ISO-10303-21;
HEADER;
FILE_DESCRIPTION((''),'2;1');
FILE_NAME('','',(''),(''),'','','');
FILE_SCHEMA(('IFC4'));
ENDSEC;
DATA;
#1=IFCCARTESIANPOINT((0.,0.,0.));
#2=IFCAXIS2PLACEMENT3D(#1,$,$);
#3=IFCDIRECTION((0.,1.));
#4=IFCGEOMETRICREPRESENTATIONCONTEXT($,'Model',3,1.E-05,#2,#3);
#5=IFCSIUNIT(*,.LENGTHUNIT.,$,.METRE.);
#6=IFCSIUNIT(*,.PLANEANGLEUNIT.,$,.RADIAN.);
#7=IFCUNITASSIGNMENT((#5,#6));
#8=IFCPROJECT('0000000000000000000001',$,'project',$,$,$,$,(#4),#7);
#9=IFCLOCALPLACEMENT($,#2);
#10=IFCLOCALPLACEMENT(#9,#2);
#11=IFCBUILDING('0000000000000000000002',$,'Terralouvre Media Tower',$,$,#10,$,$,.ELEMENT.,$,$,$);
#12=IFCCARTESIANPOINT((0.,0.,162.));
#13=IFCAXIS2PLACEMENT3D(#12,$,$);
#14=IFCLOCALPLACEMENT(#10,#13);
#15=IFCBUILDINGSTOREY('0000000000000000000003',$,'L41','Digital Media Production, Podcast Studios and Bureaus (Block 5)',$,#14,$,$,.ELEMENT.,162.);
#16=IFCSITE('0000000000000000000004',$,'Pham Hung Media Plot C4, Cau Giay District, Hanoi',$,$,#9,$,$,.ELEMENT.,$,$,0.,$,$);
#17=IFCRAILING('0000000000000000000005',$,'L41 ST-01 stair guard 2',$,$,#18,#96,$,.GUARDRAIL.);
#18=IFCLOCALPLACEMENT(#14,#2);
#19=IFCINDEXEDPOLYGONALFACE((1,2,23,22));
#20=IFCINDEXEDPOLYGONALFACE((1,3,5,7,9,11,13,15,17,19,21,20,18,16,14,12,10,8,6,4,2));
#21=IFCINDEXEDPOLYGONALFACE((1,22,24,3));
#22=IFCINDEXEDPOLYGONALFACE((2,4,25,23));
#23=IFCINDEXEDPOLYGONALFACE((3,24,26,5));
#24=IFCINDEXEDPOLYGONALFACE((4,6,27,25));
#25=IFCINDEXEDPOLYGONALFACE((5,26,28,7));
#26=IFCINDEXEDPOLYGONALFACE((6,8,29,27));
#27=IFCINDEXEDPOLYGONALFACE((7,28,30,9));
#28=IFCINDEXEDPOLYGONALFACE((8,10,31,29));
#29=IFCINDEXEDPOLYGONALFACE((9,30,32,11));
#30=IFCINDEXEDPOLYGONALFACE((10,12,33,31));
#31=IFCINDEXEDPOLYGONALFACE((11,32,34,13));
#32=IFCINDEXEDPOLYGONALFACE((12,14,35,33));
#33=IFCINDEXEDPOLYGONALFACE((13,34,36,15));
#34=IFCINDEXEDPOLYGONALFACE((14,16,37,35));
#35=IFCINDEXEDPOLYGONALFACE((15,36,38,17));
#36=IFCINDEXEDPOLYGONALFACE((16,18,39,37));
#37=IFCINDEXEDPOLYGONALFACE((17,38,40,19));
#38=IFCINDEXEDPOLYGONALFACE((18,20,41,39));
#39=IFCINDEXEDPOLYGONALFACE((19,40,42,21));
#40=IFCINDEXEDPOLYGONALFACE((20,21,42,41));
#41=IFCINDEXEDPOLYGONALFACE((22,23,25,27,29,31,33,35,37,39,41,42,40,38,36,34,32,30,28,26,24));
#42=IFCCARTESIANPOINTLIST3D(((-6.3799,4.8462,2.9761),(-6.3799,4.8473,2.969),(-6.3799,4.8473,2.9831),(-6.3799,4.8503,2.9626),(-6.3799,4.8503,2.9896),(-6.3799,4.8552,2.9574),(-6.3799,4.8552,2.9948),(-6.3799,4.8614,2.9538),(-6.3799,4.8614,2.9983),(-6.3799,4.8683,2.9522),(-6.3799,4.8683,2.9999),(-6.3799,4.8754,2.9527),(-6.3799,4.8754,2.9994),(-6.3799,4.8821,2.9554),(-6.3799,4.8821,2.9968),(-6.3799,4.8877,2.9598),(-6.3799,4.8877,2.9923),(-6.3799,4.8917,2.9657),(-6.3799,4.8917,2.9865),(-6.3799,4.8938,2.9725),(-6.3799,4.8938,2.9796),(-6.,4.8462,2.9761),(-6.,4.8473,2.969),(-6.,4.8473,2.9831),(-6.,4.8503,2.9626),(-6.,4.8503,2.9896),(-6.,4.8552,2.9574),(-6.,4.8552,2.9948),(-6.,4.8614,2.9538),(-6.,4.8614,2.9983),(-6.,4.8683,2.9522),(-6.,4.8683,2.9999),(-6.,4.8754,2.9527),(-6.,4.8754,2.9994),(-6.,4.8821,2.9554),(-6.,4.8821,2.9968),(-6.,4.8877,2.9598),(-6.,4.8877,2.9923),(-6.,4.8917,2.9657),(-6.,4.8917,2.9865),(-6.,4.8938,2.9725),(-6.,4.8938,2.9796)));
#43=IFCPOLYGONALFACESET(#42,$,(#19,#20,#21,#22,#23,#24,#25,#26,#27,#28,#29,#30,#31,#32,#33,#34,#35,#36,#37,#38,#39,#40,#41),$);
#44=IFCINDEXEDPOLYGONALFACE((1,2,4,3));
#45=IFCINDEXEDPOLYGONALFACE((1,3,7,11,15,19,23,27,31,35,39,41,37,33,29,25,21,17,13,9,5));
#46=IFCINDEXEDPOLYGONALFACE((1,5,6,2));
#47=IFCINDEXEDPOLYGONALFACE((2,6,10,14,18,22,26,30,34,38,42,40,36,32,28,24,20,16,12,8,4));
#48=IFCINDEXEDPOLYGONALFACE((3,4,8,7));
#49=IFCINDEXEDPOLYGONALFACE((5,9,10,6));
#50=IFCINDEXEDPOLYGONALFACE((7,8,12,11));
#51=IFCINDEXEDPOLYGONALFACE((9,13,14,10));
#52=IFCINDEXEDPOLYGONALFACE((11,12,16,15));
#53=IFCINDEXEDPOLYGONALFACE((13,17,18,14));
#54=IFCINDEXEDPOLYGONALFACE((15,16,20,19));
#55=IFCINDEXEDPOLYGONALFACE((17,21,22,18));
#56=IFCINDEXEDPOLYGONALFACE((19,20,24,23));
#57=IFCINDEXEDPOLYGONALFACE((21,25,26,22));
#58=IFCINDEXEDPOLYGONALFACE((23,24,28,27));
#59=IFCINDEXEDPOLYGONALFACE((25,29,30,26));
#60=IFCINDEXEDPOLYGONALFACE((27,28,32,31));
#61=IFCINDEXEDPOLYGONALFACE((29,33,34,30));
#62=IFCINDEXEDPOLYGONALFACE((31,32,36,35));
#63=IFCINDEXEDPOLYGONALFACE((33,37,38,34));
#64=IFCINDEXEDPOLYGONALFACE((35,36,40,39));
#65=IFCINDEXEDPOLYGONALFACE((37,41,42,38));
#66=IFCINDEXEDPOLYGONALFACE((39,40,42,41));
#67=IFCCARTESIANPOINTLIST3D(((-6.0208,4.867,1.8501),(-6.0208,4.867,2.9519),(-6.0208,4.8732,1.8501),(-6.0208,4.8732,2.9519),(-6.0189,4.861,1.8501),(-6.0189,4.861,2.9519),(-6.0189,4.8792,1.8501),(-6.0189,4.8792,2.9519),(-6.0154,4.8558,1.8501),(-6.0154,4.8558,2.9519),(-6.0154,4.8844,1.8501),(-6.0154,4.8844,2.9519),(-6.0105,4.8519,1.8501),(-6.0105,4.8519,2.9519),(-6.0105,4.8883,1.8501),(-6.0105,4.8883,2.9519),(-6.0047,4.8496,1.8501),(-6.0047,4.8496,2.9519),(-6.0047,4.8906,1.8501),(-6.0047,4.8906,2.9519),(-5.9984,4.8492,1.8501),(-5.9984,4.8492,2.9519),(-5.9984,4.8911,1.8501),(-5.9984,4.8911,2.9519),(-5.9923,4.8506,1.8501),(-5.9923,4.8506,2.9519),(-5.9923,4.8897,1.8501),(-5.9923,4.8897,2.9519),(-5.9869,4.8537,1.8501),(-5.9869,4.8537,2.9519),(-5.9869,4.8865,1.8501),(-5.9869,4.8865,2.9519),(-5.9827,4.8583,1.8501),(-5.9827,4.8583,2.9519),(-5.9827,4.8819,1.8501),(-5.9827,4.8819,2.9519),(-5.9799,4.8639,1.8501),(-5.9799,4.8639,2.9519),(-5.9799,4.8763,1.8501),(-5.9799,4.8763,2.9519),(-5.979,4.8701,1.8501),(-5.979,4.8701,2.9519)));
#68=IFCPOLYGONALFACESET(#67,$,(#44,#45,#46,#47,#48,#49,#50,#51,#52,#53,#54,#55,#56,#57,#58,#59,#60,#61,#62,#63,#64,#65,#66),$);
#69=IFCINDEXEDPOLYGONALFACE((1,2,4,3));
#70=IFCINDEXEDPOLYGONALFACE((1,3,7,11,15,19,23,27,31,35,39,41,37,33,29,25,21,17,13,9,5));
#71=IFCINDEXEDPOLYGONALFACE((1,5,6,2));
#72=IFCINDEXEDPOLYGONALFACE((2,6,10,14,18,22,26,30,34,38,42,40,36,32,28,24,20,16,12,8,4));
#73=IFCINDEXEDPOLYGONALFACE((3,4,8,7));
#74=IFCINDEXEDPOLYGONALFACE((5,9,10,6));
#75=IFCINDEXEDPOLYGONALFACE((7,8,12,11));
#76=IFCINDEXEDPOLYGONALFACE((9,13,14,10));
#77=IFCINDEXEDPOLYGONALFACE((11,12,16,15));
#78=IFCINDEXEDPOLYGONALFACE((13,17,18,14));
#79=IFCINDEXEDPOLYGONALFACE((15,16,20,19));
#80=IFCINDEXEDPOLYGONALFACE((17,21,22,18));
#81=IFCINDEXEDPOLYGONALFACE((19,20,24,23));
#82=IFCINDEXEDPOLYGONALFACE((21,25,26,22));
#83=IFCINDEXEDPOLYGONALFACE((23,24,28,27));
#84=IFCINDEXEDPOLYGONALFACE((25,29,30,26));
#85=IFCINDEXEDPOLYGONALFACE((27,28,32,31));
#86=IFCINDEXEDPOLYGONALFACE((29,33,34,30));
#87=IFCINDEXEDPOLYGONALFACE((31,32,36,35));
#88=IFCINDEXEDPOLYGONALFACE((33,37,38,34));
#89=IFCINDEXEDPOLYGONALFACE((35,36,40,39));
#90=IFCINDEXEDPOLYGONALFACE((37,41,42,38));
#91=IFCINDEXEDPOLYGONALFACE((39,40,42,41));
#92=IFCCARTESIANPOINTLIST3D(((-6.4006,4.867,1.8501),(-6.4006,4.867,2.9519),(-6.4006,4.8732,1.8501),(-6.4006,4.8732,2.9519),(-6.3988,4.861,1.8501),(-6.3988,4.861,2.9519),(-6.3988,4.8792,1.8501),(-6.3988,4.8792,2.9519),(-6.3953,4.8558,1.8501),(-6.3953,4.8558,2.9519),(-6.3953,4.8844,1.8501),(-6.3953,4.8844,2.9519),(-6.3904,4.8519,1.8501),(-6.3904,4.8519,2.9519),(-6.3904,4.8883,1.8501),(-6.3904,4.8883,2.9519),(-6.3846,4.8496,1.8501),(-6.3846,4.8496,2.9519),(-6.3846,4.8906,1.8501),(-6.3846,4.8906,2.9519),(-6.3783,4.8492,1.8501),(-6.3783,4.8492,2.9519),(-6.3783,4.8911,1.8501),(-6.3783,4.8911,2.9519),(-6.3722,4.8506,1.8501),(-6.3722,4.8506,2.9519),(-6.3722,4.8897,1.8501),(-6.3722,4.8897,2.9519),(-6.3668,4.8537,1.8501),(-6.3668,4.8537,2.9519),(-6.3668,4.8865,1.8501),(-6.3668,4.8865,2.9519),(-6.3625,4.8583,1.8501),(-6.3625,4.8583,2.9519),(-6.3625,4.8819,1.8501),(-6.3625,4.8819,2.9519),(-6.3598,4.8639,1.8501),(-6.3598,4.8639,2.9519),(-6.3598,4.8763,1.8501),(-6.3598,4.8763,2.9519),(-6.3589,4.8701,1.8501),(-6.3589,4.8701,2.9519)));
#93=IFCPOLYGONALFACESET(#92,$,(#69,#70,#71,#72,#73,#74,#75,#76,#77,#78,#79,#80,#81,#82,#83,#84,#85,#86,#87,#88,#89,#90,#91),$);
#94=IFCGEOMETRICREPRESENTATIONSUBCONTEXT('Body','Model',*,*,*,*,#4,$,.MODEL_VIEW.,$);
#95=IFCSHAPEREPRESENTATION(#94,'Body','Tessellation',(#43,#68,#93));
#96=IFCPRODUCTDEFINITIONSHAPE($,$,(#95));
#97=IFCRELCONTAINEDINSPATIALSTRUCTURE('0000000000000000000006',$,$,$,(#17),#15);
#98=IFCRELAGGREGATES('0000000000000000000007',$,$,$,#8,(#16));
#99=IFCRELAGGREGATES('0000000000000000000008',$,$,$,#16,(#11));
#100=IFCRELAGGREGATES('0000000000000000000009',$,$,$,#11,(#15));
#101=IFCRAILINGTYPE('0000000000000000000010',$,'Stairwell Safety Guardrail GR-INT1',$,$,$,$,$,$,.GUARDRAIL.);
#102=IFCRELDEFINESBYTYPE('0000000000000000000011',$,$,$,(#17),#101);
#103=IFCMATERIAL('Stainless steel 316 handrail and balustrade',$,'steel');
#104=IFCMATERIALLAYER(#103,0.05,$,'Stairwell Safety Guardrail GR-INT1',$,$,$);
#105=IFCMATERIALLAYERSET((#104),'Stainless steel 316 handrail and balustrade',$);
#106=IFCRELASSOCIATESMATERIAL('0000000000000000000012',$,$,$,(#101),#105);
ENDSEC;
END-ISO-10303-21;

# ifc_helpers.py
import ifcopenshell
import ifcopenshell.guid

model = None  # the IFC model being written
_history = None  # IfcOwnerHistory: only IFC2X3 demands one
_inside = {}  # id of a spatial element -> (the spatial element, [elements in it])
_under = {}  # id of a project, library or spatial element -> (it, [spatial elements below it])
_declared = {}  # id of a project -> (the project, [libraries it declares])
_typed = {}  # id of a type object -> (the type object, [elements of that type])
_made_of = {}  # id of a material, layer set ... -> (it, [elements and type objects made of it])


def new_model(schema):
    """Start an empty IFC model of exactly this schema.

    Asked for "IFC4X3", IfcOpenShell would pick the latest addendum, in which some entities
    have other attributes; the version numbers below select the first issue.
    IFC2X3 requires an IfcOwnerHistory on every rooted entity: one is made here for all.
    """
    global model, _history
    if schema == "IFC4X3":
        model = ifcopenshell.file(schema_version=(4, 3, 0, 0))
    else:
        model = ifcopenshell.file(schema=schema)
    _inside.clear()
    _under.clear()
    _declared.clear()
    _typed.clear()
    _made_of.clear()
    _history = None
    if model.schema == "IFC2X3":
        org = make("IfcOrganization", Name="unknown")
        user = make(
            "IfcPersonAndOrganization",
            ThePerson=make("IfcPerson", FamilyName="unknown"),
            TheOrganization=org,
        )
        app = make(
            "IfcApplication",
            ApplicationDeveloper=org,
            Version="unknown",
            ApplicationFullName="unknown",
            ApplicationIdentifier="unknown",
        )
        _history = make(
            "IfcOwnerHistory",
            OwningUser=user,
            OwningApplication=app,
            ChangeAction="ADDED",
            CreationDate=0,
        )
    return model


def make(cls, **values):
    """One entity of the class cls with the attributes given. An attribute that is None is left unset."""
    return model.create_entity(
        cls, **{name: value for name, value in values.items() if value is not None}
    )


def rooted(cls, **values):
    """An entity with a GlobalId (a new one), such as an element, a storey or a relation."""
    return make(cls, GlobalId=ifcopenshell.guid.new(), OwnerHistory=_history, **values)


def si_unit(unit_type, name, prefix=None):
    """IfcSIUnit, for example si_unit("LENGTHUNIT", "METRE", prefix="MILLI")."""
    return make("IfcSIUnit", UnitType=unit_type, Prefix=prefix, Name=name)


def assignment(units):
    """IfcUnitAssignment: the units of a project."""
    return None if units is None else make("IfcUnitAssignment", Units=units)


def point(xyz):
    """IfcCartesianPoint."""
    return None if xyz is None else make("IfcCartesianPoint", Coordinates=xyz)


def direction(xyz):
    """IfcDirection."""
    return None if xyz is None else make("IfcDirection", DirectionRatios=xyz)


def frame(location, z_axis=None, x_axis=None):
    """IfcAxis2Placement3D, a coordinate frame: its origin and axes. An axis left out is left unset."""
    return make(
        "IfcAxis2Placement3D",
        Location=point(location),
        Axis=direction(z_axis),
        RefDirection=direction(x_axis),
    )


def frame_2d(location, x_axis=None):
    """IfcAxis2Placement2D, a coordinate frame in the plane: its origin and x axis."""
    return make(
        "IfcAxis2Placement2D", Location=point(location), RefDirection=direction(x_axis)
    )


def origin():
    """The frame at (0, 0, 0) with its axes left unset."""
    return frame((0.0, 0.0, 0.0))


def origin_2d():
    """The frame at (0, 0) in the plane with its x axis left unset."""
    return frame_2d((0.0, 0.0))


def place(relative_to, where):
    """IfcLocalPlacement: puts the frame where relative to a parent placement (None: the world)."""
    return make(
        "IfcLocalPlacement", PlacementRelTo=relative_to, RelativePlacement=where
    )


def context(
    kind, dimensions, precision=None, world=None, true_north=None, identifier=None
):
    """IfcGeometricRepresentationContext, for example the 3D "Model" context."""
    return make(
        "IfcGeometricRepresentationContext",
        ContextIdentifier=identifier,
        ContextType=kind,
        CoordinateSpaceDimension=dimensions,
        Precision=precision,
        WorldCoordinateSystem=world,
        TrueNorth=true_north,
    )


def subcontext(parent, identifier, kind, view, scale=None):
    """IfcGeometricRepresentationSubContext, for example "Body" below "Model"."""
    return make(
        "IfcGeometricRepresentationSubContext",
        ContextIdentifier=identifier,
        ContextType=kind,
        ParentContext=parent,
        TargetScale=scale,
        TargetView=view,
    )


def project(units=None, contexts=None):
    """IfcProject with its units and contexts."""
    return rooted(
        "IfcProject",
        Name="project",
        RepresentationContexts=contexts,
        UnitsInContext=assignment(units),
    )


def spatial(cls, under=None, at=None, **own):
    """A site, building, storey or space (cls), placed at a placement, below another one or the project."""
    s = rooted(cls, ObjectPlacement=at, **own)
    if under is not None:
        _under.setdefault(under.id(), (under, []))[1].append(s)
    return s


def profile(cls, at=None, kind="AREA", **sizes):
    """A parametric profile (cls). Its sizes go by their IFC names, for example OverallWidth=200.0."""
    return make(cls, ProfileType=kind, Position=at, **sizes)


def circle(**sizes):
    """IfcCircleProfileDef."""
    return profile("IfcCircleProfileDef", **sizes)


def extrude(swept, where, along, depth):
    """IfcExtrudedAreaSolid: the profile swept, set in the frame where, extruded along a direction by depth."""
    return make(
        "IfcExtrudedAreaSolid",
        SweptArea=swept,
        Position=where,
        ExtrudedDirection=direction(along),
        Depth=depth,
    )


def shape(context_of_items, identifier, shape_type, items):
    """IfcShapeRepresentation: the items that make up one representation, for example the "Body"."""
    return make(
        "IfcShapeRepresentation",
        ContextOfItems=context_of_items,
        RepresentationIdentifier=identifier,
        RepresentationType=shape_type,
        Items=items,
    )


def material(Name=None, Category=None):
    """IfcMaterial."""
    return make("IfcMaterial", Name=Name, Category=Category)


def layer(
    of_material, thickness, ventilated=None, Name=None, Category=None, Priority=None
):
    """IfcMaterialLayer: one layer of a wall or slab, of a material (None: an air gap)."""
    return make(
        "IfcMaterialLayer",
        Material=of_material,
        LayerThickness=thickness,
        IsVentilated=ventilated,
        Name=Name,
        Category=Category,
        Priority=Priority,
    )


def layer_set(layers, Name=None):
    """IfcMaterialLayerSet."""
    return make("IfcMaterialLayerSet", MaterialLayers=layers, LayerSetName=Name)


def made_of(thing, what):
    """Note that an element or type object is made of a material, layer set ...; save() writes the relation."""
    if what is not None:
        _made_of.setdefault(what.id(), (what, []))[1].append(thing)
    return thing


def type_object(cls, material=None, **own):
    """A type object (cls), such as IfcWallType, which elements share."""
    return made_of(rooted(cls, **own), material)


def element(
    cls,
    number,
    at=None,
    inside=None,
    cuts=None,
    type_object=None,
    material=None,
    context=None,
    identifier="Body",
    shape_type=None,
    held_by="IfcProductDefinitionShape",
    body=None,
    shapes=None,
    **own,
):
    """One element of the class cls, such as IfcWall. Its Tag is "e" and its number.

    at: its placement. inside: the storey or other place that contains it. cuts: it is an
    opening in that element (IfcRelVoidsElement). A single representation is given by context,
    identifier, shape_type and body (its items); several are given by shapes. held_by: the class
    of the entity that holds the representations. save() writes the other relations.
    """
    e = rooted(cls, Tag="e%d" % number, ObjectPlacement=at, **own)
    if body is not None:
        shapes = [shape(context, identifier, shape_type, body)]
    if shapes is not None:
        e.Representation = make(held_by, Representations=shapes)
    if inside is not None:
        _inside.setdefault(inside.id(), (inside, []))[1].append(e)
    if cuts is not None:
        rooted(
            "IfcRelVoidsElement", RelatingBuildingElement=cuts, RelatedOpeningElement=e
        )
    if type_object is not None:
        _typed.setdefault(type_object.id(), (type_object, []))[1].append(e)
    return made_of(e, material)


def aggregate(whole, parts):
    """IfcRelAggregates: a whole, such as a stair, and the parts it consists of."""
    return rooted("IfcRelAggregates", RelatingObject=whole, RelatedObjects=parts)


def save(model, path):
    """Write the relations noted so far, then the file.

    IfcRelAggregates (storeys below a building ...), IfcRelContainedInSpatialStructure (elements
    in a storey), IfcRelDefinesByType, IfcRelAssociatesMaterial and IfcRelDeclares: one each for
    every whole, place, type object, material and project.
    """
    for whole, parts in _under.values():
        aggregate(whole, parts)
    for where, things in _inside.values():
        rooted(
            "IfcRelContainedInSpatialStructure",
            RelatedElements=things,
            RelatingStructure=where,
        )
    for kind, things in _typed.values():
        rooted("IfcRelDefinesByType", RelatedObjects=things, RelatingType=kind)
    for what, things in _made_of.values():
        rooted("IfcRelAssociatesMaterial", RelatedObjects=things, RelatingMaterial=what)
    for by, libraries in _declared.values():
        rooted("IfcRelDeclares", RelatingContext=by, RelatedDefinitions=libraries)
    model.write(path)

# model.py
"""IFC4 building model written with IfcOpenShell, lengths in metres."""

from ifc_helpers import new_model, si_unit, direction, frame, origin, origin_2d, place, context, subcontext, project, spatial, circle, extrude, material, layer, layer_set, type_object, element, save


model = new_model("IFC4")

# Units and contexts
model_context = context("Model", 3, precision=1e-05, world=origin(), true_north=direction((0.0, 1.0)))
body_context = subcontext(model_context, "Body", "Model", "MODEL_VIEW")
ifc_project = project(units=[si_unit("LENGTHUNIT", "METRE"), si_unit("PLANEANGLEUNIT", "RADIAN")], contexts=[model_context])

# Site, building, storey
site_placement = place(None, origin())
site = spatial("IfcSite", under=ifc_project, at=site_placement, Name="Pham Hung Media Plot C4, Cau Giay District, Hanoi", CompositionType="ELEMENT", RefElevation=0.0)
building_placement = place(site_placement, origin())
building = spatial("IfcBuilding", under=site, at=building_placement, Name="Terralouvre Media Tower", CompositionType="ELEMENT")
storey_placement = place(building_placement, frame((0.0, 0.0, 162.0)))
storey = spatial("IfcBuildingStorey", under=building, at=storey_placement, Name="L41", Description="Digital Media Production, Podcast Studios and Bureaus (Block 5)", CompositionType="ELEMENT", Elevation=162.0)

# Railing
ifc_material_1 = material(Name="Stainless steel 316 handrail and balustrade", Category="steel")
ifc_layer_1 = layer(ifc_material_1, 0.05, Name="Stairwell Safety Guardrail GR-INT1")
ifc_layer_set_1 = layer_set([ifc_layer_1], Name="Stainless steel 316 handrail and balustrade")
railing_type_1 = type_object("IfcRailingType", Name="Stairwell Safety Guardrail GR-INT1", PredefinedType="GUARDRAIL", material=ifc_layer_set_1)
railing_1_placement = place(storey_placement, frame((-6.0, 4.8701, 1.8501)))
element("IfcRailing", 1, at=railing_1_placement, inside=storey, type_object=railing_type_1, Name="L41 ST-01 stair guard 2", PredefinedType="GUARDRAIL", context=body_context, shape_type="SweptSolid", body=[
    extrude(circle(Radius=0.0239, at=origin_2d()), frame((0.0, 0.0, 1.126), z_axis=(-1.0, 0.0, 0.0), x_axis=(0.0, -1.0, 0.0)), (0.0, 0.0, 1.0), 0.3799),
    extrude(circle(Radius=0.021, at=origin_2d()), origin(), (0.0, 0.0, 1.0), 1.1018),
    extrude(circle(Radius=0.021, at=origin_2d()), frame((-0.3799, 0.0, 0.0)), (0.0, 0.0, 1.0), 1.1018),
])

save(model, "model.ifc")
